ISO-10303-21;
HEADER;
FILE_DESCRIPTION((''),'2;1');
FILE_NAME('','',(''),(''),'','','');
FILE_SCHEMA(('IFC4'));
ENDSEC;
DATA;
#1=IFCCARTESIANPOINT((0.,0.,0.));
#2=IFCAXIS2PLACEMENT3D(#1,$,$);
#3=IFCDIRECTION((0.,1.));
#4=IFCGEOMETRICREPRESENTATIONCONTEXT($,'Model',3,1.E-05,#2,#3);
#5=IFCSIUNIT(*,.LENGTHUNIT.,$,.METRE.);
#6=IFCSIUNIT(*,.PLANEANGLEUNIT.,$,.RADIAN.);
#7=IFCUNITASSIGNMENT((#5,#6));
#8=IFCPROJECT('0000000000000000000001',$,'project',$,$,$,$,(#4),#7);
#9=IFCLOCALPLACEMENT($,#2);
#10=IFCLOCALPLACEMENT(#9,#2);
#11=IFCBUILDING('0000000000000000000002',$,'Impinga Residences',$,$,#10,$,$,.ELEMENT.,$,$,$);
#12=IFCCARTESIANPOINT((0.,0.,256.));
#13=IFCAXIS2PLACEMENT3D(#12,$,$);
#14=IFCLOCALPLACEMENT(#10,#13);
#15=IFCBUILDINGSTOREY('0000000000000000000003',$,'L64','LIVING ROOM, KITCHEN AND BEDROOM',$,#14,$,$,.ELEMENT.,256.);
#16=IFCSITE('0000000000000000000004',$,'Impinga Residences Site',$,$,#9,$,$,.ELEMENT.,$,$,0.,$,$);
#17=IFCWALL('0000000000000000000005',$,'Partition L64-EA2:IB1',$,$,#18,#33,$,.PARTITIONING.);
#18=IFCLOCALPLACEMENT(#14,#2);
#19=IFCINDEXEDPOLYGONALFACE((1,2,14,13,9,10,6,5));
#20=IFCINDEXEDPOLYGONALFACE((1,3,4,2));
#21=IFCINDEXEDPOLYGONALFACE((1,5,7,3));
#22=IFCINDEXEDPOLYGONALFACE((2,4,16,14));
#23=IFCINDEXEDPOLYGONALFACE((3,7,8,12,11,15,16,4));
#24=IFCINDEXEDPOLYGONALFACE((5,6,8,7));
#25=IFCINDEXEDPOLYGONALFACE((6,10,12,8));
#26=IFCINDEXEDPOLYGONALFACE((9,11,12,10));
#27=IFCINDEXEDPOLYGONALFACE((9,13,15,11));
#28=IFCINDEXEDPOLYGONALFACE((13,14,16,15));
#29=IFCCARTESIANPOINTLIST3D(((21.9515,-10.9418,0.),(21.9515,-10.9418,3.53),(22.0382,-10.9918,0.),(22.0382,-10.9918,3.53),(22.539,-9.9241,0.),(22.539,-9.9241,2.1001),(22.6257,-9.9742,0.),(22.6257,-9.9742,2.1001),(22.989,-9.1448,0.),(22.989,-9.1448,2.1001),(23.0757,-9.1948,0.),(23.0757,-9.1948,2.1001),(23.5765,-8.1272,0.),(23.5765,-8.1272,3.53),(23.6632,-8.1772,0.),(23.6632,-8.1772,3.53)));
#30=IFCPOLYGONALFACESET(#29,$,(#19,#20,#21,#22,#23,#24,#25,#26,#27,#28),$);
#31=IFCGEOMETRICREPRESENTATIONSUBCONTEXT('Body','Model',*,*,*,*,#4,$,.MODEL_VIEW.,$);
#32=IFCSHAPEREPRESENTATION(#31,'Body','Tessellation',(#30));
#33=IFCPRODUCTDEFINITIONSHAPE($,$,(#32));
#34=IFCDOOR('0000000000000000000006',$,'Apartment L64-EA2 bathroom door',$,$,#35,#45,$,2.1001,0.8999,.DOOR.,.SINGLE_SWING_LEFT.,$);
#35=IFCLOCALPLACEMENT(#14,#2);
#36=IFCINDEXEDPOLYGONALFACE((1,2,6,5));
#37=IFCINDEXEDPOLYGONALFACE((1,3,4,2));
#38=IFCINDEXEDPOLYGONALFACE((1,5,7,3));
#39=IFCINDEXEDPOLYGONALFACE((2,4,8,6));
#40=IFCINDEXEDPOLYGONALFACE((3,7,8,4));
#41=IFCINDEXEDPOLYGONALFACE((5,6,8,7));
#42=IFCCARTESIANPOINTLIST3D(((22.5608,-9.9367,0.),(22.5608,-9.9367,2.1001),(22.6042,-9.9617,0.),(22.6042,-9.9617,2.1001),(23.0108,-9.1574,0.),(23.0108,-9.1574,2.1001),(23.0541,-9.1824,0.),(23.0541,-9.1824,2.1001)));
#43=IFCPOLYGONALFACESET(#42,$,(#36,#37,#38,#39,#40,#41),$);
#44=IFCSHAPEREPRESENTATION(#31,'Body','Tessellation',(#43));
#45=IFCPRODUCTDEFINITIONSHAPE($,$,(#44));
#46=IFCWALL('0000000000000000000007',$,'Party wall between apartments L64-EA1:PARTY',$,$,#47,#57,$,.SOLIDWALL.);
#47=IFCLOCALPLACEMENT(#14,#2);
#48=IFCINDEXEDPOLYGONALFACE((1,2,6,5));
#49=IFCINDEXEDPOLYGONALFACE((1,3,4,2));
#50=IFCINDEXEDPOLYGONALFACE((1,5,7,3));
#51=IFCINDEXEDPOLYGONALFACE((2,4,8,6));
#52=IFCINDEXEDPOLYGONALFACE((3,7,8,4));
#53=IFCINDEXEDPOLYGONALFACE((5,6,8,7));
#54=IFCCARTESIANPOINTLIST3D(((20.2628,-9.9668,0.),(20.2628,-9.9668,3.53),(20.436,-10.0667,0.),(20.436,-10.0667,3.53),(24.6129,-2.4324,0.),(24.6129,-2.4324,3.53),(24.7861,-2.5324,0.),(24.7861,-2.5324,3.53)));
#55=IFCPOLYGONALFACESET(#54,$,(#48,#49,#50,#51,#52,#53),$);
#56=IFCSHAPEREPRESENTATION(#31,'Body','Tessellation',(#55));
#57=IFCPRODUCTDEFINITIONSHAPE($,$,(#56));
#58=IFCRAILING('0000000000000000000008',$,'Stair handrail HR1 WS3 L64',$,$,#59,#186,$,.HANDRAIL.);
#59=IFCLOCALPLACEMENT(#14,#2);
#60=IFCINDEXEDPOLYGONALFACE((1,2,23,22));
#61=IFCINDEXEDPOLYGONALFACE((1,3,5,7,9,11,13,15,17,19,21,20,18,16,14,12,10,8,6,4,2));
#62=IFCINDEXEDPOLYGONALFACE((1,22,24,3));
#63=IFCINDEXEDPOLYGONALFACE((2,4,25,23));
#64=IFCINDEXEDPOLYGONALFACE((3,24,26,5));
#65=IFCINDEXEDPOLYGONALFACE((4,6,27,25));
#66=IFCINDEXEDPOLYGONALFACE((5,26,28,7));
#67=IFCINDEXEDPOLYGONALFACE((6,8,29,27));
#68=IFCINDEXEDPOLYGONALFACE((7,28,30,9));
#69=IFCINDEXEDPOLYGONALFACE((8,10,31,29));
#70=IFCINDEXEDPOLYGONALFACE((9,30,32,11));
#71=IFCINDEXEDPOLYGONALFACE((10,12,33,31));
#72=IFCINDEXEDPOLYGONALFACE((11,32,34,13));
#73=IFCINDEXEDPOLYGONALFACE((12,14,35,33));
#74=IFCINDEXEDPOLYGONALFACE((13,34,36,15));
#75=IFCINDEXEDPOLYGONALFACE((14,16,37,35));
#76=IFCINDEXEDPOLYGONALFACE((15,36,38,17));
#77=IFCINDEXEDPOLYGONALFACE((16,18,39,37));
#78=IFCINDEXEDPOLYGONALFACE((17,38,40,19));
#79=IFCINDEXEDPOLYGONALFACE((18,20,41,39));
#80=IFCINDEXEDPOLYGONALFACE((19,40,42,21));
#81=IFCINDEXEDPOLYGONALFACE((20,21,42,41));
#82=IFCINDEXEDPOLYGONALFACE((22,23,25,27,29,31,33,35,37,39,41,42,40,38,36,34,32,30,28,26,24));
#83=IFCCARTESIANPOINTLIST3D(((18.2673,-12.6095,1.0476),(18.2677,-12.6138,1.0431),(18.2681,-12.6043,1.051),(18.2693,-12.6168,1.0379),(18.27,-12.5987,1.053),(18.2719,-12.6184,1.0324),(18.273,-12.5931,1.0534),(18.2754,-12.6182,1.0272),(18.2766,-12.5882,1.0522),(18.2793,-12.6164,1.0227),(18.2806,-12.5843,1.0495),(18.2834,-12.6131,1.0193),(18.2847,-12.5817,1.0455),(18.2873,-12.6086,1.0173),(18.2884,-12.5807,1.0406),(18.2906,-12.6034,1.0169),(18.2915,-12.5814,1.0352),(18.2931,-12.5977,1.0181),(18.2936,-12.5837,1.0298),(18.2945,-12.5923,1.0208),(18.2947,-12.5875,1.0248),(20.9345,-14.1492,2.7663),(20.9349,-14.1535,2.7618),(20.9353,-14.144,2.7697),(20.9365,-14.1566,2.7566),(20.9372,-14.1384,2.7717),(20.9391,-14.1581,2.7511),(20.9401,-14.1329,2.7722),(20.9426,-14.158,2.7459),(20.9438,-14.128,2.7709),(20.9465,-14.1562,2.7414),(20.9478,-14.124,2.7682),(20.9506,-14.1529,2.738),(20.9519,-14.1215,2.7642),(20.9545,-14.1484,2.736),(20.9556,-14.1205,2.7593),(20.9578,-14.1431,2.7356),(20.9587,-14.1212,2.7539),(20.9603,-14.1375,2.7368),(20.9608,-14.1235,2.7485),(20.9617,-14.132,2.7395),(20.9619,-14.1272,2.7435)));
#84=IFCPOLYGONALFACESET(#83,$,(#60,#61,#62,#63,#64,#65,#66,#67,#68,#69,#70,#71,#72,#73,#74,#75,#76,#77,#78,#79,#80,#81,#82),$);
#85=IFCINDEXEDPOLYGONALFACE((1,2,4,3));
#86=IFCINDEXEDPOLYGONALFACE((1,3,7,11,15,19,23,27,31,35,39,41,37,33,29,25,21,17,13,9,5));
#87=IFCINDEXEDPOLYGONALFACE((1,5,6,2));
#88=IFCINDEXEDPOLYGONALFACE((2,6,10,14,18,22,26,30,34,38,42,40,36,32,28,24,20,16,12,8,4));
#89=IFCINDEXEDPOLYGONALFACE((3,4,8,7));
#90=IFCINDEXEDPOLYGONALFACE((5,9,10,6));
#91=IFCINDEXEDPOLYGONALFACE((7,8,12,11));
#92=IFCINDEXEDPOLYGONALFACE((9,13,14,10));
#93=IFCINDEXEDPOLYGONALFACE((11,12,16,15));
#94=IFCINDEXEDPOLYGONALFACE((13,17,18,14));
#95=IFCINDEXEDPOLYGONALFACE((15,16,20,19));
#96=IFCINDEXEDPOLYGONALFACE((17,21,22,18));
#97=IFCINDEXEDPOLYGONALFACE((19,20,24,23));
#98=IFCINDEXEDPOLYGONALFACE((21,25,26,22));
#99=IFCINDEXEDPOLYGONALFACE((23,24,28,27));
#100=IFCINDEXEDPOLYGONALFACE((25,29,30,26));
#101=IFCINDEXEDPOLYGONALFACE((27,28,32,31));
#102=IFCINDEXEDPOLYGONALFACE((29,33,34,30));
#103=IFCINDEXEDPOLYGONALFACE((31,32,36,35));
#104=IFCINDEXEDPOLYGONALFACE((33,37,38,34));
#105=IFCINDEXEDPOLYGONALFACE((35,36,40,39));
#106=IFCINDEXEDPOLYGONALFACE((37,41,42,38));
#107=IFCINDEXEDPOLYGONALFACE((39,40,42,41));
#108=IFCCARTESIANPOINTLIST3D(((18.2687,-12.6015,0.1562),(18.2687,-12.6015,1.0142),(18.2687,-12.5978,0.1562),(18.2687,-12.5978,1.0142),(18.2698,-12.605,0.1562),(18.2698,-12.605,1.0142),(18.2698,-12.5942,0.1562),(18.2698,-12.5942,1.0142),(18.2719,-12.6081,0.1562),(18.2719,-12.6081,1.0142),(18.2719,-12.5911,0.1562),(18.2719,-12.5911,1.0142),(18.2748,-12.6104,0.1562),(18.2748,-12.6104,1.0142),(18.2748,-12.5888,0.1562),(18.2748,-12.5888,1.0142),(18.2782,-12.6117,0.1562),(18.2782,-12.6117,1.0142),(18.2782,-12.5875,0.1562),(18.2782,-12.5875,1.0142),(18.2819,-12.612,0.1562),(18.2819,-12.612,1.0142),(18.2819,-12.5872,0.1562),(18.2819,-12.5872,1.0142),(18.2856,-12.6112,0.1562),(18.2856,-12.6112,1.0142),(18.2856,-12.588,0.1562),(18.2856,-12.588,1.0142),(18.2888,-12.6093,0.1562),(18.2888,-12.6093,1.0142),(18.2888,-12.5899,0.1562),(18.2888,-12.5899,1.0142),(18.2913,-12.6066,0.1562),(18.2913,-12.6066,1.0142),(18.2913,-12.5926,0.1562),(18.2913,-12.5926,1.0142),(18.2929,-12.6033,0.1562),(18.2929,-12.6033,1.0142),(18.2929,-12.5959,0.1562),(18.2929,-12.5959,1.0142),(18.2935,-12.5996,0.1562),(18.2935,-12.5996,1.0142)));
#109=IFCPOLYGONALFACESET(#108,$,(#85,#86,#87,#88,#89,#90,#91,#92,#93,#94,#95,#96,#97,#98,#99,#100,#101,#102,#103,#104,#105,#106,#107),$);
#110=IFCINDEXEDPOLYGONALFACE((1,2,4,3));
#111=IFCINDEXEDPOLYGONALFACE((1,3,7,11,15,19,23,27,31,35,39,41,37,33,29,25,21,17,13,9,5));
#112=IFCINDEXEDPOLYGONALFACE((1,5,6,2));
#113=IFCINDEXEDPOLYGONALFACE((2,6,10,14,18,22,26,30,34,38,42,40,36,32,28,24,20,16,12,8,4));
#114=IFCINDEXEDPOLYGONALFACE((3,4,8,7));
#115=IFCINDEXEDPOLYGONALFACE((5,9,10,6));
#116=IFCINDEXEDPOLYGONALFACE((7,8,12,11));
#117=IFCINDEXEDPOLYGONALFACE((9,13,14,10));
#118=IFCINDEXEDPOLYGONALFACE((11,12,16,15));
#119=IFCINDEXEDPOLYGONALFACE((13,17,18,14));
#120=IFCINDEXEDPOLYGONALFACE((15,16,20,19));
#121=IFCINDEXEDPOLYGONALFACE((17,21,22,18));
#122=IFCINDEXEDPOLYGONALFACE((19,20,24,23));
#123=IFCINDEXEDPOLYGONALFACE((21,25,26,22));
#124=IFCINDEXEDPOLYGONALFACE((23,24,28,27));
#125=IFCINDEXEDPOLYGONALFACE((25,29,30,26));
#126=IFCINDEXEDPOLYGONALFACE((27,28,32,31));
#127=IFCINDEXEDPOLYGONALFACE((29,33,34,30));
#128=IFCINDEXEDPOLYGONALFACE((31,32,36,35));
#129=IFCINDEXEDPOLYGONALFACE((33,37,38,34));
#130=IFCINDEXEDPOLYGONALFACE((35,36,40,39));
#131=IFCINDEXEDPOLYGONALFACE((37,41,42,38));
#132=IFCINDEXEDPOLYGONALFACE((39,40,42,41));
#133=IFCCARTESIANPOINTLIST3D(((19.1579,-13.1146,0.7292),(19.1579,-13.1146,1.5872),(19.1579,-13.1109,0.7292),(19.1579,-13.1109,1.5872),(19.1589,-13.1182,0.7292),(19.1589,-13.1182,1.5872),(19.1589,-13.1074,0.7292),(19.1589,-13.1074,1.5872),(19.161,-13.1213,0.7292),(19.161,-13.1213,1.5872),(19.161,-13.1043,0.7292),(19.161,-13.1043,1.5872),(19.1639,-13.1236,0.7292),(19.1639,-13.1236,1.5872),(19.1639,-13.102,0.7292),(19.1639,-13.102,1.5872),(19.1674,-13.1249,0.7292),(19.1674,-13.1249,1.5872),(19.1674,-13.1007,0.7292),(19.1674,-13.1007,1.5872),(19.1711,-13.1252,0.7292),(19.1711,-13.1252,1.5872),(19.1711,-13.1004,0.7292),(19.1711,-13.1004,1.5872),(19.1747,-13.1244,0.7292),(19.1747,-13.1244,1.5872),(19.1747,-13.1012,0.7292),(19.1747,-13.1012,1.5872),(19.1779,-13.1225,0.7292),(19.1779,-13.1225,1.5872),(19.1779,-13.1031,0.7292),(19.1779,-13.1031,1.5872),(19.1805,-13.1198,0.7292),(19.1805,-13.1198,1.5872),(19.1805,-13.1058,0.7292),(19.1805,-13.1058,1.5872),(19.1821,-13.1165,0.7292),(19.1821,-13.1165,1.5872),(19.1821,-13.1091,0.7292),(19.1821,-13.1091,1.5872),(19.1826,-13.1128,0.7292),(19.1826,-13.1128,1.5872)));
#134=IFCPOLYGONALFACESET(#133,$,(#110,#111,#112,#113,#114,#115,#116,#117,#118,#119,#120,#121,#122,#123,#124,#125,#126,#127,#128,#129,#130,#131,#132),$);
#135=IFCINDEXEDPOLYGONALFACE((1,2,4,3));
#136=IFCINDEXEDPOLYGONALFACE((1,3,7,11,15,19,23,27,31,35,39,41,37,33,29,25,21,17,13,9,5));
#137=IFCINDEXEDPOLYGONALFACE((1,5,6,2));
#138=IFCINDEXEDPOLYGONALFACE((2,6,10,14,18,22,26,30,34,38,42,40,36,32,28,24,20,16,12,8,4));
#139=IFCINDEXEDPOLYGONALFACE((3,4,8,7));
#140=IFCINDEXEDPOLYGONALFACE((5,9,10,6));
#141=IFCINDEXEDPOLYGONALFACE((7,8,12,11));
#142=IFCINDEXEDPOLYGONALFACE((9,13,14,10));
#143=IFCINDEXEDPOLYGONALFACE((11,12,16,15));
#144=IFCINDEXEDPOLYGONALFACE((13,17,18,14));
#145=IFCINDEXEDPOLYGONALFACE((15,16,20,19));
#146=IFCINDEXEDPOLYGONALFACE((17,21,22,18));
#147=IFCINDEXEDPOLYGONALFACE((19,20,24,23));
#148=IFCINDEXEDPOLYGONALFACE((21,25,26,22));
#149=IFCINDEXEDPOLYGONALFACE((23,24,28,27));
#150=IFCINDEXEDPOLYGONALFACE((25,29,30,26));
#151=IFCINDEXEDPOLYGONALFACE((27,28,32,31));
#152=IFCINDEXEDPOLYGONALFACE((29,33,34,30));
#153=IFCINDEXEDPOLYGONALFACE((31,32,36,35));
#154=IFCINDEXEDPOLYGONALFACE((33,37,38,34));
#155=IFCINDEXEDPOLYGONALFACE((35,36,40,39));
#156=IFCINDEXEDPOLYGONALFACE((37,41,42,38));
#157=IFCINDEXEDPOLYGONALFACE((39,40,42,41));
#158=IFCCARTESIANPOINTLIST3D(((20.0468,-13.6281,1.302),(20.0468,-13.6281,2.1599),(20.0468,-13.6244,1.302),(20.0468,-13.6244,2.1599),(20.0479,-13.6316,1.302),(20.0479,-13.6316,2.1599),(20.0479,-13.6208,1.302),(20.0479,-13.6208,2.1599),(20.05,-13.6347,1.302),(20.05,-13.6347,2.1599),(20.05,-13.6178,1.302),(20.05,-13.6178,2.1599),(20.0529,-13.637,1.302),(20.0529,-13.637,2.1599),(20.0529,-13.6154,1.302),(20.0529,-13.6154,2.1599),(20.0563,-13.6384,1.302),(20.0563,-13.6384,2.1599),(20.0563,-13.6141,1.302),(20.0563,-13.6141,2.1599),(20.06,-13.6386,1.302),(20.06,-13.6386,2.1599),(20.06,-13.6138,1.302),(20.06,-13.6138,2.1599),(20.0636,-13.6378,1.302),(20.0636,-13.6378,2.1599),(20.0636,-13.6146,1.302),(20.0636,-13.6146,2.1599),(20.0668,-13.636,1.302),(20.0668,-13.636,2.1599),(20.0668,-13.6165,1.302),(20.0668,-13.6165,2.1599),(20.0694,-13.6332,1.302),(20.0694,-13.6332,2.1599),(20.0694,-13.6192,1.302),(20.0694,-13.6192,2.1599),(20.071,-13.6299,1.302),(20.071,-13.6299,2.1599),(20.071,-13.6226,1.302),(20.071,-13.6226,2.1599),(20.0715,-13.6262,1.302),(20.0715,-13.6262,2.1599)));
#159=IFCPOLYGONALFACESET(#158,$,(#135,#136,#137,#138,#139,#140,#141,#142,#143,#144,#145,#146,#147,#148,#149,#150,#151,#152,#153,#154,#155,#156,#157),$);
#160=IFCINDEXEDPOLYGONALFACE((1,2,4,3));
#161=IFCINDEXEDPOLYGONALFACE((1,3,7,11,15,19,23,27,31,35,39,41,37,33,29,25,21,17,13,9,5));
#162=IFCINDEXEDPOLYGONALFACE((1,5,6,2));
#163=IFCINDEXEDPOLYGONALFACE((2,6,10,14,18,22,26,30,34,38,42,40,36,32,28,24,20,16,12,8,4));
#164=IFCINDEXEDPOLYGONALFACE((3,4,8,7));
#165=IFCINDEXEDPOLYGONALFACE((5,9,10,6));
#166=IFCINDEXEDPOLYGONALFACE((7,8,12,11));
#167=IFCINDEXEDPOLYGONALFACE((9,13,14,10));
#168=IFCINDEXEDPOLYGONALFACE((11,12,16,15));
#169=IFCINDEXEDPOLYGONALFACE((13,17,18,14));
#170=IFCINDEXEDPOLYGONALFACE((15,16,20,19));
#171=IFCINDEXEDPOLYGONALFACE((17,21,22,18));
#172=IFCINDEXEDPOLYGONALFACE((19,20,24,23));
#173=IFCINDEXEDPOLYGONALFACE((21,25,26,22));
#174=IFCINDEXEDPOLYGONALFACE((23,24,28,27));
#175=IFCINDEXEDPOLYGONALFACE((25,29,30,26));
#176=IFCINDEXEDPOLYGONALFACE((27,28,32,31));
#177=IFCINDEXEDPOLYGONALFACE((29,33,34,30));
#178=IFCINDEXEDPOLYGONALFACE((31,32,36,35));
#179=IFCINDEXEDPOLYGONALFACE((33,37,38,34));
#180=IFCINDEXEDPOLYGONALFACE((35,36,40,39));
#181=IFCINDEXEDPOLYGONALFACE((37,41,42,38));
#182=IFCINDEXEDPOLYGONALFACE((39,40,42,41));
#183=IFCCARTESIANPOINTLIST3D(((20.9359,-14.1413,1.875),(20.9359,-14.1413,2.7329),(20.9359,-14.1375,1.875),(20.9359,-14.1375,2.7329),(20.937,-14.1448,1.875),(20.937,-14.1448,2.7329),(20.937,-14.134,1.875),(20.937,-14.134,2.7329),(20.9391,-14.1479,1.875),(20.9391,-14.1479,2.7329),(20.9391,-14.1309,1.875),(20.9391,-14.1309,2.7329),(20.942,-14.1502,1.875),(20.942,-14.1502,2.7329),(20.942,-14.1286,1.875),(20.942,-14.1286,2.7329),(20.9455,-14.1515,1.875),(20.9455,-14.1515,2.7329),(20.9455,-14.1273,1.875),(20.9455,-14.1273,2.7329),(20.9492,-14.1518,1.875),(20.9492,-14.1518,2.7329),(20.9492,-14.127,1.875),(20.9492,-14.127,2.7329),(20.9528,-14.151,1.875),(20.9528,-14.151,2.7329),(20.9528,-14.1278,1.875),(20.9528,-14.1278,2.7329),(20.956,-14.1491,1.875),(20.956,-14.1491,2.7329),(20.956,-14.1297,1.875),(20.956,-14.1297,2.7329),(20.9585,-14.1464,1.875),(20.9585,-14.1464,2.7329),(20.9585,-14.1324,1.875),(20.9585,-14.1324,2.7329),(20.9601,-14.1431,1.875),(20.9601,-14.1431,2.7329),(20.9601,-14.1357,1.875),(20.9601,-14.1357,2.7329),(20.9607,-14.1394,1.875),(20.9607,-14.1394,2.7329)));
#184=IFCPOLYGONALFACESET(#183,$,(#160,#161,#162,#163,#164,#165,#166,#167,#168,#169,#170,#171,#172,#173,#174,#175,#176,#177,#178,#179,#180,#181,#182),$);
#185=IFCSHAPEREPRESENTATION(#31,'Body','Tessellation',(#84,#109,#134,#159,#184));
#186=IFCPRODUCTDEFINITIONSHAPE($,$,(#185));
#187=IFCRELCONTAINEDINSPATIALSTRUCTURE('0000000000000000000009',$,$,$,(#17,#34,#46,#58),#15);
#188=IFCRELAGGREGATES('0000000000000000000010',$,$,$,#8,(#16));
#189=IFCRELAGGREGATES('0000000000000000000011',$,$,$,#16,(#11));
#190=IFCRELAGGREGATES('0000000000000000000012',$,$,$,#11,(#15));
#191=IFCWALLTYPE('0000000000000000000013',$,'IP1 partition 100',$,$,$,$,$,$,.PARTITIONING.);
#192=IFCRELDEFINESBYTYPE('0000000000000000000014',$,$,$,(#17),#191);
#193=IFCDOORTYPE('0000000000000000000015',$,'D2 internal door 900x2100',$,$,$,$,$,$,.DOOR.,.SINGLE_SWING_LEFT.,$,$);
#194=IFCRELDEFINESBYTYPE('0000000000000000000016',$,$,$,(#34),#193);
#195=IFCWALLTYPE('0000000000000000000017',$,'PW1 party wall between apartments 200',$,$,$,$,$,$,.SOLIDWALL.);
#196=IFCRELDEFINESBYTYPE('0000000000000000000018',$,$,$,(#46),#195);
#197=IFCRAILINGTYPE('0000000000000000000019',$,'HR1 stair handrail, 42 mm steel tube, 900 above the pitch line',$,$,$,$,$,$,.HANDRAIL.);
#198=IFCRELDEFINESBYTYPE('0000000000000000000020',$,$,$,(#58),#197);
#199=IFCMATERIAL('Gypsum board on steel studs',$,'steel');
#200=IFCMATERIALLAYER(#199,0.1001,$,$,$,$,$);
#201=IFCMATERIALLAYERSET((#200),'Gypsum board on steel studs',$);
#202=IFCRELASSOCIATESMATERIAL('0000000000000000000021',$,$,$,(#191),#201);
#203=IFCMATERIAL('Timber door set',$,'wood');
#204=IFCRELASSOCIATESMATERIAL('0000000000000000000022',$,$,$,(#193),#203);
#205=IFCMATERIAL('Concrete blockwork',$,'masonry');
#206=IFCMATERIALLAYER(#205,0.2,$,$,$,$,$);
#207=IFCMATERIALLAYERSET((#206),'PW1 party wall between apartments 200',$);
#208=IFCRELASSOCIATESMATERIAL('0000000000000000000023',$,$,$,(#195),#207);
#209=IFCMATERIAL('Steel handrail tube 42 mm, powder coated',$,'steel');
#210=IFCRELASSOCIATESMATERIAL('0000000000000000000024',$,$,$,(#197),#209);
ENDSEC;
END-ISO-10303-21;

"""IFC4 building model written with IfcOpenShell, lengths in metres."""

from ifc_helpers import new_model, si_unit, direction, frame, frame_2d, origin, origin_2d, place, context, subcontext, project, spatial, rectangle, circle, extrude, material, layer, layer_set, type_object, element, fill, save


model = new_model("IFC4")

# Units and contexts
model_context = context("Model", 3, precision=1e-05, world=origin(), true_north=direction((0.0, 1.0)))
body_context = subcontext(model_context, "Body", "Model", "MODEL_VIEW")
ifc_project = project(units=[si_unit("LENGTHUNIT", "METRE"), si_unit("PLANEANGLEUNIT", "RADIAN")], contexts=[model_context])

# Site, building, storey
site_placement = place(None, origin())
site = spatial("IfcSite", under=ifc_project, at=site_placement, Name="Impinga Residences Site", CompositionType="ELEMENT", RefElevation=0.0)
building_placement = place(site_placement, origin())
building = spatial("IfcBuilding", under=site, at=building_placement, Name="Impinga Residences", CompositionType="ELEMENT")
storey_placement = place(building_placement, frame((0.0, 0.0, 256.0)))
storey = spatial("IfcBuildingStorey", under=building, at=storey_placement, Name="L64", Description="LIVING ROOM, KITCHEN AND BEDROOM", CompositionType="ELEMENT", Elevation=256.0)

# Shared definitions
ifc_material_1 = material(Name="Concrete blockwork", Category="masonry")
ifc_material_2 = material(Name="Timber door set", Category="wood")

# Shared definitions
ifc_material_3 = material(Name="Gypsum board on steel studs", Category="steel")
ifc_layer_1 = layer(ifc_material_3, 0.1001)
ifc_layer_set_1 = layer_set([ifc_layer_1], Name="Gypsum board on steel studs")
wall_type_1 = type_object("IfcWallType", Name="IP1 partition 100", PredefinedType="PARTITIONING", material=ifc_layer_set_1)

# Shared definitions
door_type_1 = type_object("IfcDoorType", Name="D2 internal door 900x2100", OperationType="SINGLE_SWING_LEFT", PredefinedType="DOOR", material=ifc_material_2)

# Wall, opening, door
wall_1_placement = place(storey_placement, frame((21.9949, -10.9668, 0.0), z_axis=(0.0, 0.0, 1.0), x_axis=(0.499985, 0.866034, 0.0)))
wall_1 = element("IfcWall", 1, at=wall_1_placement, inside=storey, type_object=wall_type_1, Name="Partition L64-EA2:IB1", PredefinedType="PARTITIONING", context=body_context, shape_type="SweptSolid", body=[
    extrude(rectangle(XDim=3.25, YDim=0.1001, at=frame_2d((1.625, 0.0))), origin(), (0.0, 0.0, 1.0), 3.53),
])
opening_1_placement = place(wall_1_placement, frame((1.175, 0.0, 0.0)))
opening_1 = element("IfcOpeningElement", 2, at=opening_1_placement, cuts=wall_1, PredefinedType="OPENING", context=body_context, shape_type="SweptSolid", body=[
    extrude(rectangle(XDim=0.8999, YDim=2.1001, at=frame_2d((0.45, 1.05))), frame((0.0, 0.0601, 0.0), z_axis=(0.0, -1.0, 0.0), x_axis=(1.0, 0.0, 0.0)), (0.0, 0.0, 1.0), 0.1201),
])
door_1_placement = place(opening_1_placement, origin())
door_1 = element("IfcDoor", 3, at=door_1_placement, inside=storey, type_object=door_type_1, Name="Apartment L64-EA2 bathroom door", OperationType="SINGLE_SWING_LEFT", OverallHeight=2.1001, OverallWidth=0.8999, PredefinedType="DOOR", context=body_context, shape_type="SweptSolid", body=[
    extrude(rectangle(XDim=0.8999, YDim=2.1001, at=frame_2d((0.45, 1.05))), frame((0.0, 0.0249, 0.0), z_axis=(0.0, -1.0, 0.0), x_axis=(1.0, 0.0, 0.0)), (0.0, 0.0, 1.0), 0.05),
])
fill(opening_1, door_1)

# Wall
ifc_layer_2 = layer(ifc_material_1, 0.2)
ifc_layer_set_2 = layer_set([ifc_layer_2], Name="PW1 party wall between apartments 200")
wall_type_2 = type_object("IfcWallType", Name="PW1 party wall between apartments 200", PredefinedType="SOLIDWALL", material=ifc_layer_set_2)
wall_2_placement = place(storey_placement, frame((20.3494, -10.0168, 0.0), z_axis=(0.0, 0.0, 1.0), x_axis=(0.500008, 0.866021, 0.0)))
element("IfcWall", 4, at=wall_2_placement, inside=storey, type_object=wall_type_2, Name="Party wall between apartments L64-EA1:PARTY", PredefinedType="SOLIDWALL", context=body_context, shape_type="SweptSolid", body=[
    extrude(rectangle(XDim=8.7, YDim=0.2, at=frame_2d((4.3501, 0.0))), origin(), (0.0, 0.0, 1.0), 3.53),
])

# Railing
ifc_material_4 = material(Name="Steel handrail tube 42 mm, powder coated", Category="steel")
railing_type = type_object("IfcRailingType", Name="HR1 stair handrail, 42 mm steel tube, 900 above the pitch line", PredefinedType="HANDRAIL", material=ifc_material_4)
railing_placement = place(storey_placement, frame((18.281, -12.5996, 0.1562)))
element("IfcRailing", 5, at=railing_placement, inside=storey, type_object=railing_type, Name="Stair handrail HR1 WS3 L64", PredefinedType="HANDRAIL", context=body_context, shape_type="SweptSolid", body=[
    extrude(circle(Radius=0.021, at=origin_2d()), frame((0.0, 0.0, 0.8789), z_axis=(0.756249, -0.436582, 0.487322), x_axis=(0.499967, 0.866044, 0.0)), (0.0, 0.0, 1.0), 3.5269),
    extrude(circle(Radius=0.0125, at=origin_2d()), origin(), (0.0, 0.0, 1.0), 0.8579),
    extrude(circle(Radius=0.0125, at=origin_2d()), frame((0.8892, -0.5132, 0.573)), (0.0, 0.0, 1.0), 0.8579),
    extrude(circle(Radius=0.0125, at=origin_2d()), frame((1.7781, -1.0266, 1.1458)), (0.0, 0.0, 1.0), 0.8579),
    extrude(circle(Radius=0.0125, at=origin_2d()), frame((2.6672, -1.5398, 1.7188)), (0.0, 0.0, 1.0), 0.8579),
])

save(model, "model.ifc")
